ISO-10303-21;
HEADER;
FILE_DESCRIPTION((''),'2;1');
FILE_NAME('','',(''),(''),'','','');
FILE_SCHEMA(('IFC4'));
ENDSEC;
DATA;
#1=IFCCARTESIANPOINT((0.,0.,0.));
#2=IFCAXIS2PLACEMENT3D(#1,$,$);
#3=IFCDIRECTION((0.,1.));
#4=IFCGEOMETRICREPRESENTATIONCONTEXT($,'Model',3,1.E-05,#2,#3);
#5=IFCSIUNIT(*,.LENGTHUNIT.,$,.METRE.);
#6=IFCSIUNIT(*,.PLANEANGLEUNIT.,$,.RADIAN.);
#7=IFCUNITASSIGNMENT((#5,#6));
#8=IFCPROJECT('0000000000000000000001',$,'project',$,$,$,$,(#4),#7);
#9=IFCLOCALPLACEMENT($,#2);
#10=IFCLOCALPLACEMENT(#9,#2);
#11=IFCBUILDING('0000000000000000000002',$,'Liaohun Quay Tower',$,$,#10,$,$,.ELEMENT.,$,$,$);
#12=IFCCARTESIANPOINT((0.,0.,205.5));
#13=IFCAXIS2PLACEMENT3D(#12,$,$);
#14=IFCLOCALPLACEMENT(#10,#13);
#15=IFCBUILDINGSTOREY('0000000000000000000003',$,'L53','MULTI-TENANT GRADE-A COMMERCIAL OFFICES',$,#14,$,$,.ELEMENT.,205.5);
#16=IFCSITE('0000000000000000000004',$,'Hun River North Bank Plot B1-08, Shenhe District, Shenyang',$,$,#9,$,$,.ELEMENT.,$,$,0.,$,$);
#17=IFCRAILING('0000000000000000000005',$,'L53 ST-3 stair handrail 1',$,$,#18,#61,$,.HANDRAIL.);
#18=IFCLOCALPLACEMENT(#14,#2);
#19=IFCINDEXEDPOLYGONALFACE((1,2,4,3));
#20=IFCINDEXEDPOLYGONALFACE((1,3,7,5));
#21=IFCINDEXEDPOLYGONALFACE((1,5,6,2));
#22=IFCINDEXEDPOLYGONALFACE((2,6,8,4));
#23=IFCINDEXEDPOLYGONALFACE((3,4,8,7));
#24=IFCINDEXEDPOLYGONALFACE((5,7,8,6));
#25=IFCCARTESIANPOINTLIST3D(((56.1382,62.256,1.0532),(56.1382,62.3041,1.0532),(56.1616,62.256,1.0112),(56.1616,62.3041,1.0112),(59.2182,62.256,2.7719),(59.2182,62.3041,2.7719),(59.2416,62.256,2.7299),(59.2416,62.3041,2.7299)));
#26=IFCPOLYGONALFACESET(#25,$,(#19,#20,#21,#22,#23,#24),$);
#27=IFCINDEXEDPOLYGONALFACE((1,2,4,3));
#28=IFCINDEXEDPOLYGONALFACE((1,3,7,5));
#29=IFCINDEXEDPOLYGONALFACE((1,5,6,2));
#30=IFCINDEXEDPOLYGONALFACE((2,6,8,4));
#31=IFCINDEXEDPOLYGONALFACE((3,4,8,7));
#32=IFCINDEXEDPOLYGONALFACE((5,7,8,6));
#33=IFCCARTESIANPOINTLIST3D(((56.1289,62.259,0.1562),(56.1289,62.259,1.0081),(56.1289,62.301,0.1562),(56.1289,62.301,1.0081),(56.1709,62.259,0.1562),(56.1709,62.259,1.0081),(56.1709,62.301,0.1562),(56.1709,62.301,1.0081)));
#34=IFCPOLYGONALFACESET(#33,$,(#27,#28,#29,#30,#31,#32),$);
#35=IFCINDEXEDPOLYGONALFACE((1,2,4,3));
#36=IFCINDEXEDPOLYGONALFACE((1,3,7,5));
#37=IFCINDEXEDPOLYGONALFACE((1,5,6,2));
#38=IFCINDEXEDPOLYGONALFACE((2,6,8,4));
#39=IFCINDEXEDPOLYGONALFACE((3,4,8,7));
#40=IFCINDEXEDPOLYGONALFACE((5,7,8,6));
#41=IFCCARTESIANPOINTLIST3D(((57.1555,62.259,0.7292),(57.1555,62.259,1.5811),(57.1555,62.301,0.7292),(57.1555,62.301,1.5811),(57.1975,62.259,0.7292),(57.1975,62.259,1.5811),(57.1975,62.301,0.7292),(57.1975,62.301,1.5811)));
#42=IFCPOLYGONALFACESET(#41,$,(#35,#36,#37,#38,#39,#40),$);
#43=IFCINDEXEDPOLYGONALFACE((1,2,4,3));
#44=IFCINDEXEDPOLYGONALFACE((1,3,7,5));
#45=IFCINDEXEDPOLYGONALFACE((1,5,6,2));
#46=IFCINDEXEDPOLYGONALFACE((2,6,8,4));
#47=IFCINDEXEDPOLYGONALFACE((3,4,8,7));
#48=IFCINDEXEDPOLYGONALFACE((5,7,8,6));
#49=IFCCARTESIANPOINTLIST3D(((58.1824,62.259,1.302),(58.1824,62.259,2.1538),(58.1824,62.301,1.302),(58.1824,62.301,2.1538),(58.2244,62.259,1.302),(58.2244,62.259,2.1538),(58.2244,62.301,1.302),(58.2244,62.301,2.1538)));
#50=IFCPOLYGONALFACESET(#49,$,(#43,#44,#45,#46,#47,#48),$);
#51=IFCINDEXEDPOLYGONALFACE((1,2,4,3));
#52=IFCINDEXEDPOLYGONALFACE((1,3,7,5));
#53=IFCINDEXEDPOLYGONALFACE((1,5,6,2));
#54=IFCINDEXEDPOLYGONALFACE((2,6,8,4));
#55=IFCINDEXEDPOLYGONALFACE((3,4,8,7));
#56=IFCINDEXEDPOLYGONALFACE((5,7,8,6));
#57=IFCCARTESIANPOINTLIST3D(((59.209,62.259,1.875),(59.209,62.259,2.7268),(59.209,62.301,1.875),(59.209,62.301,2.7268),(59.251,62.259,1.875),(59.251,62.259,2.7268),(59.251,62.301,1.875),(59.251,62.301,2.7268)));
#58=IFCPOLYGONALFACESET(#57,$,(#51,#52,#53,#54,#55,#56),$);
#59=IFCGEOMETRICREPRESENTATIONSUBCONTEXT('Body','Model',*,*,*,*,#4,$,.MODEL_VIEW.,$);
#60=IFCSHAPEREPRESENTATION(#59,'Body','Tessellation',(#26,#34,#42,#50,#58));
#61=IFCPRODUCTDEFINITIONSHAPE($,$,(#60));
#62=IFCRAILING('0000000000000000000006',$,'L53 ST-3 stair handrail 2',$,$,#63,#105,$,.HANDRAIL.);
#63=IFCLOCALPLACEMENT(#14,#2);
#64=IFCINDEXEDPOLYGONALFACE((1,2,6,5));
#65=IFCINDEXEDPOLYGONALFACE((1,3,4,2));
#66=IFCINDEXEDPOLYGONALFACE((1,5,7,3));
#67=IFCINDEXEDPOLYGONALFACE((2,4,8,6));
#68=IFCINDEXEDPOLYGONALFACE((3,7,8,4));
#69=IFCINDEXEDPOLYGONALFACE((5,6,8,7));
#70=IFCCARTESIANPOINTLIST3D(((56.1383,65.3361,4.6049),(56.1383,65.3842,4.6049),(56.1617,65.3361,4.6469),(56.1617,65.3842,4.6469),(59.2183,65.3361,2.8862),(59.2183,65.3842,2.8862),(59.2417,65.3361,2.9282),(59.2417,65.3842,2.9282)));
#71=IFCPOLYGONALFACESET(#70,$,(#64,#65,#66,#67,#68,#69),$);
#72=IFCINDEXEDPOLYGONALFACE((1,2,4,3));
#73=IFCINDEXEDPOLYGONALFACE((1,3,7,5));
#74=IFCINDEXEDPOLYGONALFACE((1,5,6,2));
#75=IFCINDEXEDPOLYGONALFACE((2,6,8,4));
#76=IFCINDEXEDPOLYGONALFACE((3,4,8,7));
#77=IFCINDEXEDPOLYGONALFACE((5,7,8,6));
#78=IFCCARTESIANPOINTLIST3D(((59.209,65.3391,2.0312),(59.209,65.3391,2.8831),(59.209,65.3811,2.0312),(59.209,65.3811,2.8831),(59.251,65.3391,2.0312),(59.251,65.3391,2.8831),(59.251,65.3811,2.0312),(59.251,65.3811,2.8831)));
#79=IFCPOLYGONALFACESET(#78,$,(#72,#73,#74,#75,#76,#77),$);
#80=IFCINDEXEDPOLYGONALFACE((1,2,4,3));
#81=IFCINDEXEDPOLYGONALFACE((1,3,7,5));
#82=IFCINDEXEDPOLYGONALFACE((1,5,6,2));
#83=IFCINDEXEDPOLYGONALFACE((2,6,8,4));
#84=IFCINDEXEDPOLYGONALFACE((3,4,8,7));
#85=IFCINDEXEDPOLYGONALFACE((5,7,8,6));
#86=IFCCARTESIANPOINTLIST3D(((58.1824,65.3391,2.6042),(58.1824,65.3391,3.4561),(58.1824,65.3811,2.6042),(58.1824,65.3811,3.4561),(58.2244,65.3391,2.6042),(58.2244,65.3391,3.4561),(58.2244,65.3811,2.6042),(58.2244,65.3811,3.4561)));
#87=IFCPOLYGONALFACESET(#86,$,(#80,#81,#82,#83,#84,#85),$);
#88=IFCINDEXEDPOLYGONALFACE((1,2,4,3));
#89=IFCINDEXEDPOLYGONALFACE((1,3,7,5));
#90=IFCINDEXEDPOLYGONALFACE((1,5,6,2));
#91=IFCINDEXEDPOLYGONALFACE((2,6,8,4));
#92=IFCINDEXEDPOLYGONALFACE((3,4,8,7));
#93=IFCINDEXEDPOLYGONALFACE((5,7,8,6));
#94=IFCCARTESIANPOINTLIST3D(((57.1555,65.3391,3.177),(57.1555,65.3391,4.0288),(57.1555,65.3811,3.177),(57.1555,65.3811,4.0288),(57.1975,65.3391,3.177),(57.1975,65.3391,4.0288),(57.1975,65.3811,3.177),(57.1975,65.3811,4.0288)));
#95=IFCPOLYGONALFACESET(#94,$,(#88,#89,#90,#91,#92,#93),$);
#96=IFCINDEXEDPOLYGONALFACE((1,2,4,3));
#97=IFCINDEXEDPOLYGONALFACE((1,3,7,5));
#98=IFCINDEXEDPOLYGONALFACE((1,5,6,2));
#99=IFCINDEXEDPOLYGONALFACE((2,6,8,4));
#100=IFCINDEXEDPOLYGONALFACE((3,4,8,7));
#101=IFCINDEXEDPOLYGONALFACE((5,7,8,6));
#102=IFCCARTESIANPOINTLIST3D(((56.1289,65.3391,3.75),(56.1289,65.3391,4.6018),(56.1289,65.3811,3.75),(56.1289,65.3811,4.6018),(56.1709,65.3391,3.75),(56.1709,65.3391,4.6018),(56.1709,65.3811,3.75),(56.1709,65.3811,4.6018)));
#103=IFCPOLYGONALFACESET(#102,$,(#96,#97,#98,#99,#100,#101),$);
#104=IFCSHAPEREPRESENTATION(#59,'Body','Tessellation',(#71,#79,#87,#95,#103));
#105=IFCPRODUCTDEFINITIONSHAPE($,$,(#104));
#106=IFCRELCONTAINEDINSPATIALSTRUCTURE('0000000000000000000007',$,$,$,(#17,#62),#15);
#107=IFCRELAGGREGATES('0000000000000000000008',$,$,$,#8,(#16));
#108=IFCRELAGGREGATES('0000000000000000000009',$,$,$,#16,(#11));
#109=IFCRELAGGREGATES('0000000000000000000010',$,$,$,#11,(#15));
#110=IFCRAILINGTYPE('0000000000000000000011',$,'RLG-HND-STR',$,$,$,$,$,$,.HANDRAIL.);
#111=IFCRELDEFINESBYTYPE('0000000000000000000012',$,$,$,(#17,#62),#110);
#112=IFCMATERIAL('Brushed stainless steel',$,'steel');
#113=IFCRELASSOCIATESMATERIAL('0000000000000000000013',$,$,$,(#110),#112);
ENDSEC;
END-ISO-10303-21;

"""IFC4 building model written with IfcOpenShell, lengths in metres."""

from ifc_helpers import new_model, si_unit, direction, frame, origin, origin_2d, place, context, subcontext, project, spatial, rectangle, extrude, material, type_object, element, save


model = new_model("IFC4")

# Units and contexts
model_context = context("Model", 3, precision=1e-05, world=origin(), true_north=direction((0.0, 1.0)))
body_context = subcontext(model_context, "Body", "Model", "MODEL_VIEW")
ifc_project = project(units=[si_unit("LENGTHUNIT", "METRE"), si_unit("PLANEANGLEUNIT", "RADIAN")], contexts=[model_context])

# Site, building, storey
site_placement = place(None, origin())
site = spatial("IfcSite", under=ifc_project, at=site_placement, Name="Hun River North Bank Plot B1-08, Shenhe District, Shenyang", CompositionType="ELEMENT", RefElevation=0.0)
building_placement = place(site_placement, origin())
building = spatial("IfcBuilding", under=site, at=building_placement, Name="Liaohun Quay Tower", CompositionType="ELEMENT")
storey_placement = place(building_placement, frame((0.0, 0.0, 205.5)))
storey = spatial("IfcBuildingStorey", under=building, at=storey_placement, Name="L53", Description="MULTI-TENANT GRADE-A COMMERCIAL OFFICES", CompositionType="ELEMENT", Elevation=205.5)

# Railings
ifc_material_1 = material(Name="Brushed stainless steel", Category="steel")
railing_type_1 = type_object("IfcRailingType", Name="RLG-HND-STR", PredefinedType="HANDRAIL", material=ifc_material_1)
railing_1_placement = place(storey_placement, frame((56.1499, 62.28, 0.1562)))
element("IfcRailing", 1, at=railing_1_placement, inside=storey, type_object=railing_type_1, Name="L53 ST-3 stair handrail 1", PredefinedType="HANDRAIL", context=body_context, shape_type="SweptSolid", body=[
    extrude(rectangle(XDim=0.0481, YDim=0.0481, at=origin_2d()), frame((0.0, 0.0, 0.876), z_axis=(0.873242, 0.0, 0.487288), x_axis=(0.0, 1.0, 0.0)), (0.0, 0.0, 1.0), 3.5271),
    extrude(rectangle(XDim=0.042, YDim=0.042, at=origin_2d()), origin(), (0.0, 0.0, 1.0), 0.8518),
    extrude(rectangle(XDim=0.042, YDim=0.042, at=origin_2d()), frame((1.0266, 0.0, 0.573)), (0.0, 0.0, 1.0), 0.8518),
    extrude(rectangle(XDim=0.042, YDim=0.042, at=origin_2d()), frame((2.0535, 0.0, 1.1458)), (0.0, 0.0, 1.0), 0.8518),
    extrude(rectangle(XDim=0.042, YDim=0.042, at=origin_2d()), frame((3.0801, 0.0, 1.7188)), (0.0, 0.0, 1.0), 0.8518),
])
railing_2_placement = place(storey_placement, frame((59.23, 65.3601, 2.0312)))
element("IfcRailing", 2, at=railing_2_placement, inside=storey, type_object=railing_type_1, Name="L53 ST-3 stair handrail 2", PredefinedType="HANDRAIL", context=body_context, shape_type="SweptSolid", body=[
    extrude(rectangle(XDim=0.0481, YDim=0.0481, at=origin_2d()), frame((0.0, 0.0, 0.876), z_axis=(-0.873242, 0.0, 0.487288), x_axis=(0.0, -1.0, 0.0)), (0.0, 0.0, 1.0), 3.5271),
    extrude(rectangle(XDim=0.042, YDim=0.042, at=origin_2d()), origin(), (0.0, 0.0, 1.0), 0.8518),
    extrude(rectangle(XDim=0.042, YDim=0.042, at=origin_2d()), frame((-1.0266, 0.0, 0.573)), (0.0, 0.0, 1.0), 0.8518),
    extrude(rectangle(XDim=0.042, YDim=0.042, at=origin_2d()), frame((-2.0535, 0.0, 1.1458)), (0.0, 0.0, 1.0), 0.8518),
    extrude(rectangle(XDim=0.042, YDim=0.042, at=origin_2d()), frame((-3.0801, 0.0, 1.7188)), (0.0, 0.0, 1.0), 0.8518),
])

save(model, "model.ifc")
